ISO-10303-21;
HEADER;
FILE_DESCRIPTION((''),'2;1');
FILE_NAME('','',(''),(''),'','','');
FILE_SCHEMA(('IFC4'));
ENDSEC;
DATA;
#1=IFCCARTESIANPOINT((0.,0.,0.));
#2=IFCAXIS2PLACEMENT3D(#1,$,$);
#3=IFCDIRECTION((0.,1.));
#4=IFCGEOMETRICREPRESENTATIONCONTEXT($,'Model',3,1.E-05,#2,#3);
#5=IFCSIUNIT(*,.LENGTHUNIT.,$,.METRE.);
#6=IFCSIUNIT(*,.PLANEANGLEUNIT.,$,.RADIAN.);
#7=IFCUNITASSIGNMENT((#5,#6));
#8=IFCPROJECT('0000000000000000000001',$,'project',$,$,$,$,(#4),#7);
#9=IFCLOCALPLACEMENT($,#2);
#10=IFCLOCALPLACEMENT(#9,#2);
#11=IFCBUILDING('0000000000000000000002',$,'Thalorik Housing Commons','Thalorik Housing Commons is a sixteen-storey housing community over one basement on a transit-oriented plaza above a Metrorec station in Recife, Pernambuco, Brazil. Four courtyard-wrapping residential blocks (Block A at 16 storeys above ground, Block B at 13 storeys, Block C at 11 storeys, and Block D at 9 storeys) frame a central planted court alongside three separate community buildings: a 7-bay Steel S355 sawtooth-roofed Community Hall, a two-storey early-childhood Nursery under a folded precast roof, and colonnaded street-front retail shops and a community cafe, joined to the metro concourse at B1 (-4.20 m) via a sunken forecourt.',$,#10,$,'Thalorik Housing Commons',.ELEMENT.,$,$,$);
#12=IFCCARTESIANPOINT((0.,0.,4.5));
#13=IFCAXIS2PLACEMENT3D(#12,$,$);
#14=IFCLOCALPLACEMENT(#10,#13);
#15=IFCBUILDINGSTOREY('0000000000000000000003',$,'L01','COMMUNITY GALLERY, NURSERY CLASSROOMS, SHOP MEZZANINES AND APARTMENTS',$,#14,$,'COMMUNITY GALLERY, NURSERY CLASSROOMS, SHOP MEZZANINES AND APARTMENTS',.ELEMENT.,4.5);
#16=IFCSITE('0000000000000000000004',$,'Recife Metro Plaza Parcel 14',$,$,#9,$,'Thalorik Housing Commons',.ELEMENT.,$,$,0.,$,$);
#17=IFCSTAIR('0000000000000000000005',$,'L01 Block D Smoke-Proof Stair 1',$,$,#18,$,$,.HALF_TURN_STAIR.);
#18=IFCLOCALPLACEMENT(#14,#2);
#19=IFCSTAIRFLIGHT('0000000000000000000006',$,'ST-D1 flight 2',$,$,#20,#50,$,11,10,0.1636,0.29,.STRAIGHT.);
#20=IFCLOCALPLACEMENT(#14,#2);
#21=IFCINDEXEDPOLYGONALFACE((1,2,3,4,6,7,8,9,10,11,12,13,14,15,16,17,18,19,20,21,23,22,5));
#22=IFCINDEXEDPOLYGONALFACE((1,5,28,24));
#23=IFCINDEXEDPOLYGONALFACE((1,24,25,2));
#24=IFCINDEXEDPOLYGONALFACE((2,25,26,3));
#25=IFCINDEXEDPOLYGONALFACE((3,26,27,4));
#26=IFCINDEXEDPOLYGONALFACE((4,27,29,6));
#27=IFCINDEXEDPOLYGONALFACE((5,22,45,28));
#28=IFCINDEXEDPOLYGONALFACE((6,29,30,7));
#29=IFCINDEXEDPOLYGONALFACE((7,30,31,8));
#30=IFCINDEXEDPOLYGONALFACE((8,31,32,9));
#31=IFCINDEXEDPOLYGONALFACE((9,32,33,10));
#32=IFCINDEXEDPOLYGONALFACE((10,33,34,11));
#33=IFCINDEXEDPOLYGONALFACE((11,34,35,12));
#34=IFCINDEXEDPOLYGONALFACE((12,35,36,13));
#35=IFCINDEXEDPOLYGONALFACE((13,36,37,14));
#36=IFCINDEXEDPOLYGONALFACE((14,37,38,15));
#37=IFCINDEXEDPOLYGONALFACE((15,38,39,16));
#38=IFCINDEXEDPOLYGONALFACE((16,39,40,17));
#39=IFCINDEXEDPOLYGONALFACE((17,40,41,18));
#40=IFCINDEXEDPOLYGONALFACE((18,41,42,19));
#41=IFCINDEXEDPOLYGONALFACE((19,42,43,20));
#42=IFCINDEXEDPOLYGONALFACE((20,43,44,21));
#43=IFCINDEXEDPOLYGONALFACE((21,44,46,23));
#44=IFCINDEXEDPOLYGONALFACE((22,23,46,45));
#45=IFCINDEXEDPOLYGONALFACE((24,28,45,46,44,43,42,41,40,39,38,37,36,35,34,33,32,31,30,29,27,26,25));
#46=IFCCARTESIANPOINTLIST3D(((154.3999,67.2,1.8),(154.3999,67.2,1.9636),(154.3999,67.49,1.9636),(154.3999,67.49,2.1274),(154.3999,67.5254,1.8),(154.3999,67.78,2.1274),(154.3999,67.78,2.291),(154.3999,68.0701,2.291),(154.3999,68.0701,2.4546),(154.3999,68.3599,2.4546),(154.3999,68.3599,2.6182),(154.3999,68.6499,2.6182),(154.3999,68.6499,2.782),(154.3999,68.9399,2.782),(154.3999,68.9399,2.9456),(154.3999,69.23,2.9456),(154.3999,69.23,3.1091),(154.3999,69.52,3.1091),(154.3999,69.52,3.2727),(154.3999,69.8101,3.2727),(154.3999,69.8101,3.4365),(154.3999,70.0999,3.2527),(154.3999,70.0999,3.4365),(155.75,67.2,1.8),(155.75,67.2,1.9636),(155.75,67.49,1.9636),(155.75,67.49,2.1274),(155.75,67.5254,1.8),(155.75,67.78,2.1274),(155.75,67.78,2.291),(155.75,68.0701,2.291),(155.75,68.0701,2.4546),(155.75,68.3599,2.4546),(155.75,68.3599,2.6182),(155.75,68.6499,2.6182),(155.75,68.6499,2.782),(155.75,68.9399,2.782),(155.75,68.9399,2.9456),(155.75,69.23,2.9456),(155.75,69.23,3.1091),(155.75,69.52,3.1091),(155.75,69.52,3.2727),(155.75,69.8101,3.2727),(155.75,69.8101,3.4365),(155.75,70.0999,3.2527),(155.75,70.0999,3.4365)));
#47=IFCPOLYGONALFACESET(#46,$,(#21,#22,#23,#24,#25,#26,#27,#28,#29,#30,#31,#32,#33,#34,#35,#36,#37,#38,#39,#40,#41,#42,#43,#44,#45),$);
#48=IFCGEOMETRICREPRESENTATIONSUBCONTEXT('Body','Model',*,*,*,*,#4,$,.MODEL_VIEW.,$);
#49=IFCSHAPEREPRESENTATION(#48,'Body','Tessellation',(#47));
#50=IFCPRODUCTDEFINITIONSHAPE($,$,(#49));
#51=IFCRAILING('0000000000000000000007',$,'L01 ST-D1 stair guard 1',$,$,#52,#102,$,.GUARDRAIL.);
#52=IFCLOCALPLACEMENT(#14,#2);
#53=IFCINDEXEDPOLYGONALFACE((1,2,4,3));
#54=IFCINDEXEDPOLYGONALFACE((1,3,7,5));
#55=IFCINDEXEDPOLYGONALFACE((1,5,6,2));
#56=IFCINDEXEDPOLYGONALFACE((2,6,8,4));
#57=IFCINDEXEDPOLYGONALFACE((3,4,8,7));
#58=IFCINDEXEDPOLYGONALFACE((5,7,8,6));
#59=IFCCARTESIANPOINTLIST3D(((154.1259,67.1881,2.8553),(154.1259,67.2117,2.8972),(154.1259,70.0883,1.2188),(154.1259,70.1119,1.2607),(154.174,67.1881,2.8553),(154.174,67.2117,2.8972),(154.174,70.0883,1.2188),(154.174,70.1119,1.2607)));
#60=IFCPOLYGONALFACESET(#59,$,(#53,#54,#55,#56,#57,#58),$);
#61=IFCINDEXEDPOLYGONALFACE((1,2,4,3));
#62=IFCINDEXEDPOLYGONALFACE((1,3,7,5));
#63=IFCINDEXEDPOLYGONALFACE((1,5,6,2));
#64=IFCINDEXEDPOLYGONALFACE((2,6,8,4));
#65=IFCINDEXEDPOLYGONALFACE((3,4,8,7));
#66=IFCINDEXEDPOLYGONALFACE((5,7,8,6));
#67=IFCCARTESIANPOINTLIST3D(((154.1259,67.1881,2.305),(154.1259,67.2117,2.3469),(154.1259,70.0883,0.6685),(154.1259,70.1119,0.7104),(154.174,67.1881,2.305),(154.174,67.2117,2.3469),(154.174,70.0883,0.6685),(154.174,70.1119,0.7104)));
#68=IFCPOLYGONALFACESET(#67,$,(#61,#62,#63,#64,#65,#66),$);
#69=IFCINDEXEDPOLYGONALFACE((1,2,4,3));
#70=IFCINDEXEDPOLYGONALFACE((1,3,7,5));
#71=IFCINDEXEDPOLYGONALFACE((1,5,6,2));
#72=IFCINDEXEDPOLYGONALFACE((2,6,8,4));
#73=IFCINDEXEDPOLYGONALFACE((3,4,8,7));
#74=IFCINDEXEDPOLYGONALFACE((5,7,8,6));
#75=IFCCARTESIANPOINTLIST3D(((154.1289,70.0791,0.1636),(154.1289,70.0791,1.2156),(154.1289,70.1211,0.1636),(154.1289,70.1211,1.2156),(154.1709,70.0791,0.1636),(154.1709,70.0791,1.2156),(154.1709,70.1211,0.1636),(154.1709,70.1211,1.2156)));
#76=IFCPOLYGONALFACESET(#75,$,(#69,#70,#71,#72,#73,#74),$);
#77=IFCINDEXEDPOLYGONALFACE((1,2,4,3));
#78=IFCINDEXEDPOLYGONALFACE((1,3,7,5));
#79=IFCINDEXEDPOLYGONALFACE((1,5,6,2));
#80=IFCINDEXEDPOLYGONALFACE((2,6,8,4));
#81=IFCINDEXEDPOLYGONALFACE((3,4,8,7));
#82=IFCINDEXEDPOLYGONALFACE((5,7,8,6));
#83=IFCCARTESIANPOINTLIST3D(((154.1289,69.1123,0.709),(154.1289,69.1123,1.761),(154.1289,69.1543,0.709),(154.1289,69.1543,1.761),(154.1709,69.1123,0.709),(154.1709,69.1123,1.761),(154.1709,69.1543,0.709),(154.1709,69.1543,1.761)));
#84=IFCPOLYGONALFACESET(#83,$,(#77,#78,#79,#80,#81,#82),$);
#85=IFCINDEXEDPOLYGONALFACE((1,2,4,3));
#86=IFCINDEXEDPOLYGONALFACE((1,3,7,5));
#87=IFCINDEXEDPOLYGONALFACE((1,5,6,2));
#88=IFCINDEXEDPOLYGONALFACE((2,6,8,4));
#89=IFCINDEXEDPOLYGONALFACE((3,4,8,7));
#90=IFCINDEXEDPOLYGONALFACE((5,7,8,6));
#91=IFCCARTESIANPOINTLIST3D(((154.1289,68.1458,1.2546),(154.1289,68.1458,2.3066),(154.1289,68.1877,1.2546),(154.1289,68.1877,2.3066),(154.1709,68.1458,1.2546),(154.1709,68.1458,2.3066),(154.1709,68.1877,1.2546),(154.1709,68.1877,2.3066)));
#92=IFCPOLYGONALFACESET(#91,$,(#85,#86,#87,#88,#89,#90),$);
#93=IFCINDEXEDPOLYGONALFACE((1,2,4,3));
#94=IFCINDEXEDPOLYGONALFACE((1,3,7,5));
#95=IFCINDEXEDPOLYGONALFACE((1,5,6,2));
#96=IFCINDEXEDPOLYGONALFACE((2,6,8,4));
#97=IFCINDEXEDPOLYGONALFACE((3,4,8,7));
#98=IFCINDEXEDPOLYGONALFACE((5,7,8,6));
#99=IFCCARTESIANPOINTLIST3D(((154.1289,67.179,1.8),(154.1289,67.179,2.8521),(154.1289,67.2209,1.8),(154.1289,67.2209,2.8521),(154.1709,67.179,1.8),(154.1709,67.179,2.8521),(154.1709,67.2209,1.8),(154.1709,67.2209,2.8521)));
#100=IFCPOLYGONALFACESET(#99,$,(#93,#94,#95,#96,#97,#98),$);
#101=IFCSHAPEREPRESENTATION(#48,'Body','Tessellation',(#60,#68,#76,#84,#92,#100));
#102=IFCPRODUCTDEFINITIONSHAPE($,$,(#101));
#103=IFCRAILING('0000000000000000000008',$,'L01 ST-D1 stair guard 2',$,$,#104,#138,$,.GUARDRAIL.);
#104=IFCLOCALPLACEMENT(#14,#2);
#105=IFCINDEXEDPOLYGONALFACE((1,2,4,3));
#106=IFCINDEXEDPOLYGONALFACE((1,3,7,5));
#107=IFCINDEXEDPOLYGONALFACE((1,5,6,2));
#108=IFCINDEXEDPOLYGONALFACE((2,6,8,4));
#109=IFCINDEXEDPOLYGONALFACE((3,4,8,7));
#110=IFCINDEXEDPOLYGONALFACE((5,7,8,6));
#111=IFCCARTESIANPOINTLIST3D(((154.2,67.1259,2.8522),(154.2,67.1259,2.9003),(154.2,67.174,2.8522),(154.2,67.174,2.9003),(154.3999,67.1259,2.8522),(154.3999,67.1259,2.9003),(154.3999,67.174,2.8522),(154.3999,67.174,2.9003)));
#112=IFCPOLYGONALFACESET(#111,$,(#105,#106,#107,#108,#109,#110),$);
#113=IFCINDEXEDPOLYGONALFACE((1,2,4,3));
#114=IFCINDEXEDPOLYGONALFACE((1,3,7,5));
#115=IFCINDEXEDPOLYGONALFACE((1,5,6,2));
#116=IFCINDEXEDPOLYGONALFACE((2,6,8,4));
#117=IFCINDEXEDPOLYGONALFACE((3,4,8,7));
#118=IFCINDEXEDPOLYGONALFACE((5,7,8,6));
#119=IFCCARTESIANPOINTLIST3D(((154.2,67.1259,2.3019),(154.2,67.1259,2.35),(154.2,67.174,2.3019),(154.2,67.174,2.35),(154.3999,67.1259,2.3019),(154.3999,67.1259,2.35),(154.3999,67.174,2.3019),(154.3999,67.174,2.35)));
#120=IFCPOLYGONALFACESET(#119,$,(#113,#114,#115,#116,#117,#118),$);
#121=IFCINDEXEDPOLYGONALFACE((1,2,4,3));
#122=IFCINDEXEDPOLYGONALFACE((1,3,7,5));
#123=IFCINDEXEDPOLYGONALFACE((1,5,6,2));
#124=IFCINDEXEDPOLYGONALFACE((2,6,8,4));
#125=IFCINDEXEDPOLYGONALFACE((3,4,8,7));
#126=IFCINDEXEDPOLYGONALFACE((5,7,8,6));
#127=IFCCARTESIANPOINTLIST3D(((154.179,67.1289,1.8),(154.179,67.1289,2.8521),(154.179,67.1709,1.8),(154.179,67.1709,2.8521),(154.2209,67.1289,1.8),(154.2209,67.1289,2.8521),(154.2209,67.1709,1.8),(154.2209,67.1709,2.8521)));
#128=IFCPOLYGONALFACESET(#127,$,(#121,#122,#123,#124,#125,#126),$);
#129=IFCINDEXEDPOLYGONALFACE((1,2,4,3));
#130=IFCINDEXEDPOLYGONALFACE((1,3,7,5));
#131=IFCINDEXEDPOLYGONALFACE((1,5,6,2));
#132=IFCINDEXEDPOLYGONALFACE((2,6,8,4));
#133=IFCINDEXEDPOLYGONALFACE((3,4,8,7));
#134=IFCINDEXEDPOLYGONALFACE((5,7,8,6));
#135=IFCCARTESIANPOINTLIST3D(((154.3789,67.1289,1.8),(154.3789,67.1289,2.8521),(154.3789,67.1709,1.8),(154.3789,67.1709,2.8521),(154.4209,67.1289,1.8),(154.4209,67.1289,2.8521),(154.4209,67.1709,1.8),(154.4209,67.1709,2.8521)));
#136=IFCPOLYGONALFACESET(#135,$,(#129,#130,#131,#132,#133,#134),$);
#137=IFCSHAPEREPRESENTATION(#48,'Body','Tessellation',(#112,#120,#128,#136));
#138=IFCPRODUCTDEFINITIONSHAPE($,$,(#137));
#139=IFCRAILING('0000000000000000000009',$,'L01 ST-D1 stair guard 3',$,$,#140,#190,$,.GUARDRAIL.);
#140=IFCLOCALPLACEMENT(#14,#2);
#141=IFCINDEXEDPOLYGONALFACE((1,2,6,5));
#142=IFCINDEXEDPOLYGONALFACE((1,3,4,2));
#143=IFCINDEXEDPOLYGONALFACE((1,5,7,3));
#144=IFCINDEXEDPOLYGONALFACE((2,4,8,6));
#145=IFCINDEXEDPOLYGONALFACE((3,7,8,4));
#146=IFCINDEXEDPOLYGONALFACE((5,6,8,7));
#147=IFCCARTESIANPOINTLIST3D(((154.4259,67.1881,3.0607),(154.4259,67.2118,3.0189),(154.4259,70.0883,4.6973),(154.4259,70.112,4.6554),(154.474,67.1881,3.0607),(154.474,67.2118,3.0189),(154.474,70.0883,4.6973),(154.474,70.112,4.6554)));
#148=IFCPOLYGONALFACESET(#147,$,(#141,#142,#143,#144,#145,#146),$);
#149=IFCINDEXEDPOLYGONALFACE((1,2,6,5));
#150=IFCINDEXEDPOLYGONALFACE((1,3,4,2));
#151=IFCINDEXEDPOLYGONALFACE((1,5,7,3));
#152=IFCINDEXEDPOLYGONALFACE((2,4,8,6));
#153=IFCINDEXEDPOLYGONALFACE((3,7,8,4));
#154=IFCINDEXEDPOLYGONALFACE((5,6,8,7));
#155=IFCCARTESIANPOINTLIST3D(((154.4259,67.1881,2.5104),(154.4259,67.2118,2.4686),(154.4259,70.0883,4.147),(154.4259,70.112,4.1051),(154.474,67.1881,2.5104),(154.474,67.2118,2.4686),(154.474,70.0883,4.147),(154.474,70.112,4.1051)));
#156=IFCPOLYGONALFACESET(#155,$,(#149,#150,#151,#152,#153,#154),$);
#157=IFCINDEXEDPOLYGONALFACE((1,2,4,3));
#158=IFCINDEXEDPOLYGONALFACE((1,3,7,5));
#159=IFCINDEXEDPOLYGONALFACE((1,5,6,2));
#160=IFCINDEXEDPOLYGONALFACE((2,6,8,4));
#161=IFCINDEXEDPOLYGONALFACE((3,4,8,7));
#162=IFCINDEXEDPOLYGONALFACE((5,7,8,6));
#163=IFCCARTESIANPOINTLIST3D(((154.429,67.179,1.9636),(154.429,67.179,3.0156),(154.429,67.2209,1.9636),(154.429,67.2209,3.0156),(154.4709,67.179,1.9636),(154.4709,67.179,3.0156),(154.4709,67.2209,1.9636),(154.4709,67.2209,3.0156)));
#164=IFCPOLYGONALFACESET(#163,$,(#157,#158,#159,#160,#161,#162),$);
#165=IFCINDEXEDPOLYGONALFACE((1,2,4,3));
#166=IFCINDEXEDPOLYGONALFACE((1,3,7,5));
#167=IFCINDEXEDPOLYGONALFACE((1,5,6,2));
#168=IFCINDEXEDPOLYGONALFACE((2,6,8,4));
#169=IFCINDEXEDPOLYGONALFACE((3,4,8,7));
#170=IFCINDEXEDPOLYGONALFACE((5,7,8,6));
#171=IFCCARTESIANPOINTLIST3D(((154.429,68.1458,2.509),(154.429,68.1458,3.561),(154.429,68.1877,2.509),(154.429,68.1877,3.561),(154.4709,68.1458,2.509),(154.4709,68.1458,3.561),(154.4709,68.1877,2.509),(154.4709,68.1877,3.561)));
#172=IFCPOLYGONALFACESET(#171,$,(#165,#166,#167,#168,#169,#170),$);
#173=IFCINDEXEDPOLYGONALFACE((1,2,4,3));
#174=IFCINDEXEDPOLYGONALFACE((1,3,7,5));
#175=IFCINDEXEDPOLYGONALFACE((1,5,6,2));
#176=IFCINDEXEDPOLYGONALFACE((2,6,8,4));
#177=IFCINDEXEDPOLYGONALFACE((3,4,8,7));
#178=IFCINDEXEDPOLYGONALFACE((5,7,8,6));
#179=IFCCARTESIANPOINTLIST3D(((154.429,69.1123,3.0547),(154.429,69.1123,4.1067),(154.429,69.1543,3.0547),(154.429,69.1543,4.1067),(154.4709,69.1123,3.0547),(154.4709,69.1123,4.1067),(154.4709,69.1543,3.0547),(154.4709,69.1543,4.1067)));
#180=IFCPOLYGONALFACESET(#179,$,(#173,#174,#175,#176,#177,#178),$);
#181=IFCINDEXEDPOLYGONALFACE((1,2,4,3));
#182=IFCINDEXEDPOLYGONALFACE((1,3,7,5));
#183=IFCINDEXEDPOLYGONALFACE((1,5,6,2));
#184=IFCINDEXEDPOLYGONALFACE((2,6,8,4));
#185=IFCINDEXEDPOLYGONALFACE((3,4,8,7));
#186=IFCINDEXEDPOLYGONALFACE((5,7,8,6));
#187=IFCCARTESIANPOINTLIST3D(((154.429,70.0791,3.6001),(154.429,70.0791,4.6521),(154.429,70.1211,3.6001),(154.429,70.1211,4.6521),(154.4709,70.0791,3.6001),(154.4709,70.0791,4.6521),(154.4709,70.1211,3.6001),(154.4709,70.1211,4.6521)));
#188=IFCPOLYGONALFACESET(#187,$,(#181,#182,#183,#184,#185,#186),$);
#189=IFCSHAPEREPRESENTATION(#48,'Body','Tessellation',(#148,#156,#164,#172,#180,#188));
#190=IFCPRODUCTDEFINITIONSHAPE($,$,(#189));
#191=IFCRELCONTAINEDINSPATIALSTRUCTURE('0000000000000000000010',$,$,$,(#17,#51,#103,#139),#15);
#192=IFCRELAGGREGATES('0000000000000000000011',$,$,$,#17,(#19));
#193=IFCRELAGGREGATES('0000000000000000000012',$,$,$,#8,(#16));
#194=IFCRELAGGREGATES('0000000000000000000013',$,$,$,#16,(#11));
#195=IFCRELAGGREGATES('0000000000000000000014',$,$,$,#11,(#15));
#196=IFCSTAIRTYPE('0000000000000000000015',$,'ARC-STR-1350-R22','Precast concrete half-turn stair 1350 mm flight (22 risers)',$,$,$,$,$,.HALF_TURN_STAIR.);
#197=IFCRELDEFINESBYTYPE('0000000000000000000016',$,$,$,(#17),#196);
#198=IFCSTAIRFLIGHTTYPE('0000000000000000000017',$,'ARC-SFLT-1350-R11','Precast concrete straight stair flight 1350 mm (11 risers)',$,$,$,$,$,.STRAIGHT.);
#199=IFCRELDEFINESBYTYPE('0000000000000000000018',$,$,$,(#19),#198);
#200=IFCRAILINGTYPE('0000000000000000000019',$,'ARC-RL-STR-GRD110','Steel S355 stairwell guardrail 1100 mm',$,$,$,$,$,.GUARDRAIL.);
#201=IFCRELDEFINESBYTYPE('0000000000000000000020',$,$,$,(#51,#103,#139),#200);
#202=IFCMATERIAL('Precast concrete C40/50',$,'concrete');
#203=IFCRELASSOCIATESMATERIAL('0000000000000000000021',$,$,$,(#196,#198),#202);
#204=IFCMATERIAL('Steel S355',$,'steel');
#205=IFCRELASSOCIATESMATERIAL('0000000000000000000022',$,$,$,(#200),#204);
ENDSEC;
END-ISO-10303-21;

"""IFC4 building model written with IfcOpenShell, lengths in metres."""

from ifc_helpers import new_model, si_unit, direction, frame, origin, origin_2d, place, context, subcontext, project, spatial, polyline, rectangle, outline, extrude, material, type_object, element, aggregate, save


model = new_model("IFC4")

# Units and contexts
model_context = context("Model", 3, precision=1e-05, world=origin(), true_north=direction((0.0, 1.0)))
body_context = subcontext(model_context, "Body", "Model", "MODEL_VIEW")
ifc_project = project(units=[si_unit("LENGTHUNIT", "METRE"), si_unit("PLANEANGLEUNIT", "RADIAN")], contexts=[model_context])

# Site, building, storey
site_placement = place(None, origin())
site = spatial("IfcSite", under=ifc_project, at=site_placement, Name="Recife Metro Plaza Parcel 14", LongName="Thalorik Housing Commons", CompositionType="ELEMENT", RefElevation=0.0)
building_placement = place(site_placement, origin())
building = spatial("IfcBuilding", under=site, at=building_placement, Name="Thalorik Housing Commons", Description="Thalorik Housing Commons is a sixteen-storey housing community over one basement on a transit-oriented plaza above a Metrorec station in Recife, Pernambuco, Brazil. Four courtyard-wrapping residential blocks (Block A at 16 storeys above ground, Block B at 13 storeys, Block C at 11 storeys, and Block D at 9 storeys) frame a central planted court alongside three separate community buildings: a 7-bay Steel S355 sawtooth-roofed Community Hall, a two-storey early-childhood Nursery under a folded precast roof, and colonnaded street-front retail shops and a community cafe, joined to the metro concourse at B1 (-4.20 m) via a sunken forecourt.", LongName="Thalorik Housing Commons", CompositionType="ELEMENT")
storey_placement = place(building_placement, frame((0.0, 0.0, 4.5)))
storey = spatial("IfcBuildingStorey", under=building, at=storey_placement, Name="L01", Description="COMMUNITY GALLERY, NURSERY CLASSROOMS, SHOP MEZZANINES AND APARTMENTS", LongName="COMMUNITY GALLERY, NURSERY CLASSROOMS, SHOP MEZZANINES AND APARTMENTS", CompositionType="ELEMENT", Elevation=4.5)

# Shared definitions
ifc_material_1 = material(Name="Precast concrete C40/50", Category="concrete")

# Shared definitions
ifc_material_2 = material(Name="Steel S355", Category="steel")

# Stair, stair flight
stair_type = type_object("IfcStairType", Name="ARC-STR-1350-R22", Description="Precast concrete half-turn stair 1350 mm flight (22 risers)", PredefinedType="HALF_TURN_STAIR", material=ifc_material_1)
stair_placement = place(storey_placement, origin())
stair = element("IfcStair", 1, at=stair_placement, inside=storey, type_object=stair_type, Name="L01 Block D Smoke-Proof Stair 1", PredefinedType="HALF_TURN_STAIR")
stair_flight_type = type_object("IfcStairFlightType", Name="ARC-SFLT-1350-R11", Description="Precast concrete straight stair flight 1350 mm (11 risers)", PredefinedType="STRAIGHT", material=ifc_material_1)
stair_flight_1_placement = place(storey_placement, frame((155.075, 67.2, 1.8), z_axis=(0.0, 0.0, 1.0), x_axis=(0.0, 1.0, 0.0)))
stair_flight_1 = element("IfcStairFlight", 2, at=stair_flight_1_placement, type_object=stair_flight_type, Name="ST-D1 flight 2", NumberOfRisers=11, NumberOfTreads=10, PredefinedType="STRAIGHT", RiserHeight=0.1636, TreadLength=0.29, context=body_context, shape_type="SweptSolid", body=[
    extrude(outline(polyline([(0.0, 0.0), (0.0, 0.1636), (0.29, 0.1636), (0.29, 0.3274), (0.5801, 0.3274), (0.5801, 0.491), (0.8701, 0.491), (0.8701, 0.6545), (1.1599, 0.6545), (1.1599, 0.8181), (1.45, 0.8181), (1.45, 0.9819), (1.74, 0.9819), (1.74, 1.1455), (2.03, 1.1455), (2.03, 1.3091), (2.3201, 1.3091), (2.3201, 1.4727), (2.6101, 1.4727), (2.6101, 1.6365), (2.8999, 1.6365), (2.8999, 1.8), (2.8999, 1.4526), (0.3254, 0.0), (0.0, 0.0)])), frame((0.0, 0.675, 0.0), z_axis=(0.0, -1.0, 0.0), x_axis=(1.0, 0.0, 0.0)), (0.0, 0.0, 1.0), 1.3501),
])
aggregate(stair, [stair_flight_1])

# Railings
railing_type_1 = type_object("IfcRailingType", Name="ARC-RL-STR-GRD110", Description="Steel S355 stairwell guardrail 1100 mm", PredefinedType="GUARDRAIL", material=ifc_material_2)
railing_1_placement = place(storey_placement, frame((154.1499, 70.1001, 0.1636)))
element("IfcRailing", 3, at=railing_1_placement, inside=storey, type_object=railing_type_1, Name="L01 ST-D1 stair guard 1", PredefinedType="GUARDRAIL", context=body_context, shape_type="SweptSolid", body=[
    extrude(rectangle(XDim=0.0481, YDim=0.0481, at=origin_2d()), frame((0.0, 0.0, 1.0762), z_axis=(0.0, -0.870915, 0.491434), x_axis=(1.0, 0.0, 0.0)), (0.0, 0.0, 1.0), 3.3301),
    extrude(rectangle(XDim=0.0481, YDim=0.0481, at=origin_2d()), frame((0.0, 0.0, 0.5259), z_axis=(0.0, -0.870915, 0.491434), x_axis=(1.0, 0.0, 0.0)), (0.0, 0.0, 1.0), 3.3301),
    extrude(rectangle(XDim=0.042, YDim=0.042, at=origin_2d()), origin(), (0.0, 0.0, 1.0), 1.052),
    extrude(rectangle(XDim=0.042, YDim=0.042, at=origin_2d()), frame((0.0, -0.9668, 0.5454)), (0.0, 0.0, 1.0), 1.052),
    extrude(rectangle(XDim=0.042, YDim=0.042, at=origin_2d()), frame((0.0, -1.9333, 1.0911)), (0.0, 0.0, 1.0), 1.052),
    extrude(rectangle(XDim=0.042, YDim=0.042, at=origin_2d()), frame((0.0, -2.9001, 1.6365)), (0.0, 0.0, 1.0), 1.052),
])
railing_2_placement = place(storey_placement, frame((154.2, 67.1499, 1.8)))
element("IfcRailing", 4, at=railing_2_placement, inside=storey, type_object=railing_type_1, Name="L01 ST-D1 stair guard 2", PredefinedType="GUARDRAIL", context=body_context, shape_type="SweptSolid", body=[
    extrude(rectangle(XDim=0.0481, YDim=0.0481, at=origin_2d()), frame((0.0, 0.0, 1.0762), z_axis=(1.0, 0.0, 0.0), x_axis=(0.0, 1.0, 0.0)), (0.0, 0.0, 1.0), 0.2),
    extrude(rectangle(XDim=0.0481, YDim=0.0481, at=origin_2d()), frame((0.0, 0.0, 0.5259), z_axis=(1.0, 0.0, 0.0), x_axis=(0.0, 1.0, 0.0)), (0.0, 0.0, 1.0), 0.2),
    extrude(rectangle(XDim=0.042, YDim=0.042, at=origin_2d()), origin(), (0.0, 0.0, 1.0), 1.052),
    extrude(rectangle(XDim=0.042, YDim=0.042, at=origin_2d()), frame((0.2, 0.0, 0.0)), (0.0, 0.0, 1.0), 1.052),
])
railing_3_placement = place(storey_placement, frame((154.45, 67.2, 1.9636)))
element("IfcRailing", 5, at=railing_3_placement, inside=storey, type_object=railing_type_1, Name="L01 ST-D1 stair guard 3", PredefinedType="GUARDRAIL", context=body_context, shape_type="SweptSolid", body=[
    extrude(rectangle(XDim=0.0481, YDim=0.0481, at=origin_2d()), frame((0.0, 0.0, 1.0762), z_axis=(0.0, 0.870915, 0.491434), x_axis=(-1.0, 0.0, 0.0)), (0.0, 0.0, 1.0), 3.3301),
    extrude(rectangle(XDim=0.0481, YDim=0.0481, at=origin_2d()), frame((0.0, 0.0, 0.5259), z_axis=(0.0, 0.870915, 0.491434), x_axis=(-1.0, 0.0, 0.0)), (0.0, 0.0, 1.0), 3.3301),
    extrude(rectangle(XDim=0.042, YDim=0.042, at=origin_2d()), origin(), (0.0, 0.0, 1.0), 1.052),
    extrude(rectangle(XDim=0.042, YDim=0.042, at=origin_2d()), frame((0.0, 0.9668, 0.5454)), (0.0, 0.0, 1.0), 1.052),
    extrude(rectangle(XDim=0.042, YDim=0.042, at=origin_2d()), frame((0.0, 1.9333, 1.0911)), (0.0, 0.0, 1.0), 1.052),
    extrude(rectangle(XDim=0.042, YDim=0.042, at=origin_2d()), frame((0.0, 2.9001, 1.6365)), (0.0, 0.0, 1.0), 1.052),
])

save(model, "model.ifc")
